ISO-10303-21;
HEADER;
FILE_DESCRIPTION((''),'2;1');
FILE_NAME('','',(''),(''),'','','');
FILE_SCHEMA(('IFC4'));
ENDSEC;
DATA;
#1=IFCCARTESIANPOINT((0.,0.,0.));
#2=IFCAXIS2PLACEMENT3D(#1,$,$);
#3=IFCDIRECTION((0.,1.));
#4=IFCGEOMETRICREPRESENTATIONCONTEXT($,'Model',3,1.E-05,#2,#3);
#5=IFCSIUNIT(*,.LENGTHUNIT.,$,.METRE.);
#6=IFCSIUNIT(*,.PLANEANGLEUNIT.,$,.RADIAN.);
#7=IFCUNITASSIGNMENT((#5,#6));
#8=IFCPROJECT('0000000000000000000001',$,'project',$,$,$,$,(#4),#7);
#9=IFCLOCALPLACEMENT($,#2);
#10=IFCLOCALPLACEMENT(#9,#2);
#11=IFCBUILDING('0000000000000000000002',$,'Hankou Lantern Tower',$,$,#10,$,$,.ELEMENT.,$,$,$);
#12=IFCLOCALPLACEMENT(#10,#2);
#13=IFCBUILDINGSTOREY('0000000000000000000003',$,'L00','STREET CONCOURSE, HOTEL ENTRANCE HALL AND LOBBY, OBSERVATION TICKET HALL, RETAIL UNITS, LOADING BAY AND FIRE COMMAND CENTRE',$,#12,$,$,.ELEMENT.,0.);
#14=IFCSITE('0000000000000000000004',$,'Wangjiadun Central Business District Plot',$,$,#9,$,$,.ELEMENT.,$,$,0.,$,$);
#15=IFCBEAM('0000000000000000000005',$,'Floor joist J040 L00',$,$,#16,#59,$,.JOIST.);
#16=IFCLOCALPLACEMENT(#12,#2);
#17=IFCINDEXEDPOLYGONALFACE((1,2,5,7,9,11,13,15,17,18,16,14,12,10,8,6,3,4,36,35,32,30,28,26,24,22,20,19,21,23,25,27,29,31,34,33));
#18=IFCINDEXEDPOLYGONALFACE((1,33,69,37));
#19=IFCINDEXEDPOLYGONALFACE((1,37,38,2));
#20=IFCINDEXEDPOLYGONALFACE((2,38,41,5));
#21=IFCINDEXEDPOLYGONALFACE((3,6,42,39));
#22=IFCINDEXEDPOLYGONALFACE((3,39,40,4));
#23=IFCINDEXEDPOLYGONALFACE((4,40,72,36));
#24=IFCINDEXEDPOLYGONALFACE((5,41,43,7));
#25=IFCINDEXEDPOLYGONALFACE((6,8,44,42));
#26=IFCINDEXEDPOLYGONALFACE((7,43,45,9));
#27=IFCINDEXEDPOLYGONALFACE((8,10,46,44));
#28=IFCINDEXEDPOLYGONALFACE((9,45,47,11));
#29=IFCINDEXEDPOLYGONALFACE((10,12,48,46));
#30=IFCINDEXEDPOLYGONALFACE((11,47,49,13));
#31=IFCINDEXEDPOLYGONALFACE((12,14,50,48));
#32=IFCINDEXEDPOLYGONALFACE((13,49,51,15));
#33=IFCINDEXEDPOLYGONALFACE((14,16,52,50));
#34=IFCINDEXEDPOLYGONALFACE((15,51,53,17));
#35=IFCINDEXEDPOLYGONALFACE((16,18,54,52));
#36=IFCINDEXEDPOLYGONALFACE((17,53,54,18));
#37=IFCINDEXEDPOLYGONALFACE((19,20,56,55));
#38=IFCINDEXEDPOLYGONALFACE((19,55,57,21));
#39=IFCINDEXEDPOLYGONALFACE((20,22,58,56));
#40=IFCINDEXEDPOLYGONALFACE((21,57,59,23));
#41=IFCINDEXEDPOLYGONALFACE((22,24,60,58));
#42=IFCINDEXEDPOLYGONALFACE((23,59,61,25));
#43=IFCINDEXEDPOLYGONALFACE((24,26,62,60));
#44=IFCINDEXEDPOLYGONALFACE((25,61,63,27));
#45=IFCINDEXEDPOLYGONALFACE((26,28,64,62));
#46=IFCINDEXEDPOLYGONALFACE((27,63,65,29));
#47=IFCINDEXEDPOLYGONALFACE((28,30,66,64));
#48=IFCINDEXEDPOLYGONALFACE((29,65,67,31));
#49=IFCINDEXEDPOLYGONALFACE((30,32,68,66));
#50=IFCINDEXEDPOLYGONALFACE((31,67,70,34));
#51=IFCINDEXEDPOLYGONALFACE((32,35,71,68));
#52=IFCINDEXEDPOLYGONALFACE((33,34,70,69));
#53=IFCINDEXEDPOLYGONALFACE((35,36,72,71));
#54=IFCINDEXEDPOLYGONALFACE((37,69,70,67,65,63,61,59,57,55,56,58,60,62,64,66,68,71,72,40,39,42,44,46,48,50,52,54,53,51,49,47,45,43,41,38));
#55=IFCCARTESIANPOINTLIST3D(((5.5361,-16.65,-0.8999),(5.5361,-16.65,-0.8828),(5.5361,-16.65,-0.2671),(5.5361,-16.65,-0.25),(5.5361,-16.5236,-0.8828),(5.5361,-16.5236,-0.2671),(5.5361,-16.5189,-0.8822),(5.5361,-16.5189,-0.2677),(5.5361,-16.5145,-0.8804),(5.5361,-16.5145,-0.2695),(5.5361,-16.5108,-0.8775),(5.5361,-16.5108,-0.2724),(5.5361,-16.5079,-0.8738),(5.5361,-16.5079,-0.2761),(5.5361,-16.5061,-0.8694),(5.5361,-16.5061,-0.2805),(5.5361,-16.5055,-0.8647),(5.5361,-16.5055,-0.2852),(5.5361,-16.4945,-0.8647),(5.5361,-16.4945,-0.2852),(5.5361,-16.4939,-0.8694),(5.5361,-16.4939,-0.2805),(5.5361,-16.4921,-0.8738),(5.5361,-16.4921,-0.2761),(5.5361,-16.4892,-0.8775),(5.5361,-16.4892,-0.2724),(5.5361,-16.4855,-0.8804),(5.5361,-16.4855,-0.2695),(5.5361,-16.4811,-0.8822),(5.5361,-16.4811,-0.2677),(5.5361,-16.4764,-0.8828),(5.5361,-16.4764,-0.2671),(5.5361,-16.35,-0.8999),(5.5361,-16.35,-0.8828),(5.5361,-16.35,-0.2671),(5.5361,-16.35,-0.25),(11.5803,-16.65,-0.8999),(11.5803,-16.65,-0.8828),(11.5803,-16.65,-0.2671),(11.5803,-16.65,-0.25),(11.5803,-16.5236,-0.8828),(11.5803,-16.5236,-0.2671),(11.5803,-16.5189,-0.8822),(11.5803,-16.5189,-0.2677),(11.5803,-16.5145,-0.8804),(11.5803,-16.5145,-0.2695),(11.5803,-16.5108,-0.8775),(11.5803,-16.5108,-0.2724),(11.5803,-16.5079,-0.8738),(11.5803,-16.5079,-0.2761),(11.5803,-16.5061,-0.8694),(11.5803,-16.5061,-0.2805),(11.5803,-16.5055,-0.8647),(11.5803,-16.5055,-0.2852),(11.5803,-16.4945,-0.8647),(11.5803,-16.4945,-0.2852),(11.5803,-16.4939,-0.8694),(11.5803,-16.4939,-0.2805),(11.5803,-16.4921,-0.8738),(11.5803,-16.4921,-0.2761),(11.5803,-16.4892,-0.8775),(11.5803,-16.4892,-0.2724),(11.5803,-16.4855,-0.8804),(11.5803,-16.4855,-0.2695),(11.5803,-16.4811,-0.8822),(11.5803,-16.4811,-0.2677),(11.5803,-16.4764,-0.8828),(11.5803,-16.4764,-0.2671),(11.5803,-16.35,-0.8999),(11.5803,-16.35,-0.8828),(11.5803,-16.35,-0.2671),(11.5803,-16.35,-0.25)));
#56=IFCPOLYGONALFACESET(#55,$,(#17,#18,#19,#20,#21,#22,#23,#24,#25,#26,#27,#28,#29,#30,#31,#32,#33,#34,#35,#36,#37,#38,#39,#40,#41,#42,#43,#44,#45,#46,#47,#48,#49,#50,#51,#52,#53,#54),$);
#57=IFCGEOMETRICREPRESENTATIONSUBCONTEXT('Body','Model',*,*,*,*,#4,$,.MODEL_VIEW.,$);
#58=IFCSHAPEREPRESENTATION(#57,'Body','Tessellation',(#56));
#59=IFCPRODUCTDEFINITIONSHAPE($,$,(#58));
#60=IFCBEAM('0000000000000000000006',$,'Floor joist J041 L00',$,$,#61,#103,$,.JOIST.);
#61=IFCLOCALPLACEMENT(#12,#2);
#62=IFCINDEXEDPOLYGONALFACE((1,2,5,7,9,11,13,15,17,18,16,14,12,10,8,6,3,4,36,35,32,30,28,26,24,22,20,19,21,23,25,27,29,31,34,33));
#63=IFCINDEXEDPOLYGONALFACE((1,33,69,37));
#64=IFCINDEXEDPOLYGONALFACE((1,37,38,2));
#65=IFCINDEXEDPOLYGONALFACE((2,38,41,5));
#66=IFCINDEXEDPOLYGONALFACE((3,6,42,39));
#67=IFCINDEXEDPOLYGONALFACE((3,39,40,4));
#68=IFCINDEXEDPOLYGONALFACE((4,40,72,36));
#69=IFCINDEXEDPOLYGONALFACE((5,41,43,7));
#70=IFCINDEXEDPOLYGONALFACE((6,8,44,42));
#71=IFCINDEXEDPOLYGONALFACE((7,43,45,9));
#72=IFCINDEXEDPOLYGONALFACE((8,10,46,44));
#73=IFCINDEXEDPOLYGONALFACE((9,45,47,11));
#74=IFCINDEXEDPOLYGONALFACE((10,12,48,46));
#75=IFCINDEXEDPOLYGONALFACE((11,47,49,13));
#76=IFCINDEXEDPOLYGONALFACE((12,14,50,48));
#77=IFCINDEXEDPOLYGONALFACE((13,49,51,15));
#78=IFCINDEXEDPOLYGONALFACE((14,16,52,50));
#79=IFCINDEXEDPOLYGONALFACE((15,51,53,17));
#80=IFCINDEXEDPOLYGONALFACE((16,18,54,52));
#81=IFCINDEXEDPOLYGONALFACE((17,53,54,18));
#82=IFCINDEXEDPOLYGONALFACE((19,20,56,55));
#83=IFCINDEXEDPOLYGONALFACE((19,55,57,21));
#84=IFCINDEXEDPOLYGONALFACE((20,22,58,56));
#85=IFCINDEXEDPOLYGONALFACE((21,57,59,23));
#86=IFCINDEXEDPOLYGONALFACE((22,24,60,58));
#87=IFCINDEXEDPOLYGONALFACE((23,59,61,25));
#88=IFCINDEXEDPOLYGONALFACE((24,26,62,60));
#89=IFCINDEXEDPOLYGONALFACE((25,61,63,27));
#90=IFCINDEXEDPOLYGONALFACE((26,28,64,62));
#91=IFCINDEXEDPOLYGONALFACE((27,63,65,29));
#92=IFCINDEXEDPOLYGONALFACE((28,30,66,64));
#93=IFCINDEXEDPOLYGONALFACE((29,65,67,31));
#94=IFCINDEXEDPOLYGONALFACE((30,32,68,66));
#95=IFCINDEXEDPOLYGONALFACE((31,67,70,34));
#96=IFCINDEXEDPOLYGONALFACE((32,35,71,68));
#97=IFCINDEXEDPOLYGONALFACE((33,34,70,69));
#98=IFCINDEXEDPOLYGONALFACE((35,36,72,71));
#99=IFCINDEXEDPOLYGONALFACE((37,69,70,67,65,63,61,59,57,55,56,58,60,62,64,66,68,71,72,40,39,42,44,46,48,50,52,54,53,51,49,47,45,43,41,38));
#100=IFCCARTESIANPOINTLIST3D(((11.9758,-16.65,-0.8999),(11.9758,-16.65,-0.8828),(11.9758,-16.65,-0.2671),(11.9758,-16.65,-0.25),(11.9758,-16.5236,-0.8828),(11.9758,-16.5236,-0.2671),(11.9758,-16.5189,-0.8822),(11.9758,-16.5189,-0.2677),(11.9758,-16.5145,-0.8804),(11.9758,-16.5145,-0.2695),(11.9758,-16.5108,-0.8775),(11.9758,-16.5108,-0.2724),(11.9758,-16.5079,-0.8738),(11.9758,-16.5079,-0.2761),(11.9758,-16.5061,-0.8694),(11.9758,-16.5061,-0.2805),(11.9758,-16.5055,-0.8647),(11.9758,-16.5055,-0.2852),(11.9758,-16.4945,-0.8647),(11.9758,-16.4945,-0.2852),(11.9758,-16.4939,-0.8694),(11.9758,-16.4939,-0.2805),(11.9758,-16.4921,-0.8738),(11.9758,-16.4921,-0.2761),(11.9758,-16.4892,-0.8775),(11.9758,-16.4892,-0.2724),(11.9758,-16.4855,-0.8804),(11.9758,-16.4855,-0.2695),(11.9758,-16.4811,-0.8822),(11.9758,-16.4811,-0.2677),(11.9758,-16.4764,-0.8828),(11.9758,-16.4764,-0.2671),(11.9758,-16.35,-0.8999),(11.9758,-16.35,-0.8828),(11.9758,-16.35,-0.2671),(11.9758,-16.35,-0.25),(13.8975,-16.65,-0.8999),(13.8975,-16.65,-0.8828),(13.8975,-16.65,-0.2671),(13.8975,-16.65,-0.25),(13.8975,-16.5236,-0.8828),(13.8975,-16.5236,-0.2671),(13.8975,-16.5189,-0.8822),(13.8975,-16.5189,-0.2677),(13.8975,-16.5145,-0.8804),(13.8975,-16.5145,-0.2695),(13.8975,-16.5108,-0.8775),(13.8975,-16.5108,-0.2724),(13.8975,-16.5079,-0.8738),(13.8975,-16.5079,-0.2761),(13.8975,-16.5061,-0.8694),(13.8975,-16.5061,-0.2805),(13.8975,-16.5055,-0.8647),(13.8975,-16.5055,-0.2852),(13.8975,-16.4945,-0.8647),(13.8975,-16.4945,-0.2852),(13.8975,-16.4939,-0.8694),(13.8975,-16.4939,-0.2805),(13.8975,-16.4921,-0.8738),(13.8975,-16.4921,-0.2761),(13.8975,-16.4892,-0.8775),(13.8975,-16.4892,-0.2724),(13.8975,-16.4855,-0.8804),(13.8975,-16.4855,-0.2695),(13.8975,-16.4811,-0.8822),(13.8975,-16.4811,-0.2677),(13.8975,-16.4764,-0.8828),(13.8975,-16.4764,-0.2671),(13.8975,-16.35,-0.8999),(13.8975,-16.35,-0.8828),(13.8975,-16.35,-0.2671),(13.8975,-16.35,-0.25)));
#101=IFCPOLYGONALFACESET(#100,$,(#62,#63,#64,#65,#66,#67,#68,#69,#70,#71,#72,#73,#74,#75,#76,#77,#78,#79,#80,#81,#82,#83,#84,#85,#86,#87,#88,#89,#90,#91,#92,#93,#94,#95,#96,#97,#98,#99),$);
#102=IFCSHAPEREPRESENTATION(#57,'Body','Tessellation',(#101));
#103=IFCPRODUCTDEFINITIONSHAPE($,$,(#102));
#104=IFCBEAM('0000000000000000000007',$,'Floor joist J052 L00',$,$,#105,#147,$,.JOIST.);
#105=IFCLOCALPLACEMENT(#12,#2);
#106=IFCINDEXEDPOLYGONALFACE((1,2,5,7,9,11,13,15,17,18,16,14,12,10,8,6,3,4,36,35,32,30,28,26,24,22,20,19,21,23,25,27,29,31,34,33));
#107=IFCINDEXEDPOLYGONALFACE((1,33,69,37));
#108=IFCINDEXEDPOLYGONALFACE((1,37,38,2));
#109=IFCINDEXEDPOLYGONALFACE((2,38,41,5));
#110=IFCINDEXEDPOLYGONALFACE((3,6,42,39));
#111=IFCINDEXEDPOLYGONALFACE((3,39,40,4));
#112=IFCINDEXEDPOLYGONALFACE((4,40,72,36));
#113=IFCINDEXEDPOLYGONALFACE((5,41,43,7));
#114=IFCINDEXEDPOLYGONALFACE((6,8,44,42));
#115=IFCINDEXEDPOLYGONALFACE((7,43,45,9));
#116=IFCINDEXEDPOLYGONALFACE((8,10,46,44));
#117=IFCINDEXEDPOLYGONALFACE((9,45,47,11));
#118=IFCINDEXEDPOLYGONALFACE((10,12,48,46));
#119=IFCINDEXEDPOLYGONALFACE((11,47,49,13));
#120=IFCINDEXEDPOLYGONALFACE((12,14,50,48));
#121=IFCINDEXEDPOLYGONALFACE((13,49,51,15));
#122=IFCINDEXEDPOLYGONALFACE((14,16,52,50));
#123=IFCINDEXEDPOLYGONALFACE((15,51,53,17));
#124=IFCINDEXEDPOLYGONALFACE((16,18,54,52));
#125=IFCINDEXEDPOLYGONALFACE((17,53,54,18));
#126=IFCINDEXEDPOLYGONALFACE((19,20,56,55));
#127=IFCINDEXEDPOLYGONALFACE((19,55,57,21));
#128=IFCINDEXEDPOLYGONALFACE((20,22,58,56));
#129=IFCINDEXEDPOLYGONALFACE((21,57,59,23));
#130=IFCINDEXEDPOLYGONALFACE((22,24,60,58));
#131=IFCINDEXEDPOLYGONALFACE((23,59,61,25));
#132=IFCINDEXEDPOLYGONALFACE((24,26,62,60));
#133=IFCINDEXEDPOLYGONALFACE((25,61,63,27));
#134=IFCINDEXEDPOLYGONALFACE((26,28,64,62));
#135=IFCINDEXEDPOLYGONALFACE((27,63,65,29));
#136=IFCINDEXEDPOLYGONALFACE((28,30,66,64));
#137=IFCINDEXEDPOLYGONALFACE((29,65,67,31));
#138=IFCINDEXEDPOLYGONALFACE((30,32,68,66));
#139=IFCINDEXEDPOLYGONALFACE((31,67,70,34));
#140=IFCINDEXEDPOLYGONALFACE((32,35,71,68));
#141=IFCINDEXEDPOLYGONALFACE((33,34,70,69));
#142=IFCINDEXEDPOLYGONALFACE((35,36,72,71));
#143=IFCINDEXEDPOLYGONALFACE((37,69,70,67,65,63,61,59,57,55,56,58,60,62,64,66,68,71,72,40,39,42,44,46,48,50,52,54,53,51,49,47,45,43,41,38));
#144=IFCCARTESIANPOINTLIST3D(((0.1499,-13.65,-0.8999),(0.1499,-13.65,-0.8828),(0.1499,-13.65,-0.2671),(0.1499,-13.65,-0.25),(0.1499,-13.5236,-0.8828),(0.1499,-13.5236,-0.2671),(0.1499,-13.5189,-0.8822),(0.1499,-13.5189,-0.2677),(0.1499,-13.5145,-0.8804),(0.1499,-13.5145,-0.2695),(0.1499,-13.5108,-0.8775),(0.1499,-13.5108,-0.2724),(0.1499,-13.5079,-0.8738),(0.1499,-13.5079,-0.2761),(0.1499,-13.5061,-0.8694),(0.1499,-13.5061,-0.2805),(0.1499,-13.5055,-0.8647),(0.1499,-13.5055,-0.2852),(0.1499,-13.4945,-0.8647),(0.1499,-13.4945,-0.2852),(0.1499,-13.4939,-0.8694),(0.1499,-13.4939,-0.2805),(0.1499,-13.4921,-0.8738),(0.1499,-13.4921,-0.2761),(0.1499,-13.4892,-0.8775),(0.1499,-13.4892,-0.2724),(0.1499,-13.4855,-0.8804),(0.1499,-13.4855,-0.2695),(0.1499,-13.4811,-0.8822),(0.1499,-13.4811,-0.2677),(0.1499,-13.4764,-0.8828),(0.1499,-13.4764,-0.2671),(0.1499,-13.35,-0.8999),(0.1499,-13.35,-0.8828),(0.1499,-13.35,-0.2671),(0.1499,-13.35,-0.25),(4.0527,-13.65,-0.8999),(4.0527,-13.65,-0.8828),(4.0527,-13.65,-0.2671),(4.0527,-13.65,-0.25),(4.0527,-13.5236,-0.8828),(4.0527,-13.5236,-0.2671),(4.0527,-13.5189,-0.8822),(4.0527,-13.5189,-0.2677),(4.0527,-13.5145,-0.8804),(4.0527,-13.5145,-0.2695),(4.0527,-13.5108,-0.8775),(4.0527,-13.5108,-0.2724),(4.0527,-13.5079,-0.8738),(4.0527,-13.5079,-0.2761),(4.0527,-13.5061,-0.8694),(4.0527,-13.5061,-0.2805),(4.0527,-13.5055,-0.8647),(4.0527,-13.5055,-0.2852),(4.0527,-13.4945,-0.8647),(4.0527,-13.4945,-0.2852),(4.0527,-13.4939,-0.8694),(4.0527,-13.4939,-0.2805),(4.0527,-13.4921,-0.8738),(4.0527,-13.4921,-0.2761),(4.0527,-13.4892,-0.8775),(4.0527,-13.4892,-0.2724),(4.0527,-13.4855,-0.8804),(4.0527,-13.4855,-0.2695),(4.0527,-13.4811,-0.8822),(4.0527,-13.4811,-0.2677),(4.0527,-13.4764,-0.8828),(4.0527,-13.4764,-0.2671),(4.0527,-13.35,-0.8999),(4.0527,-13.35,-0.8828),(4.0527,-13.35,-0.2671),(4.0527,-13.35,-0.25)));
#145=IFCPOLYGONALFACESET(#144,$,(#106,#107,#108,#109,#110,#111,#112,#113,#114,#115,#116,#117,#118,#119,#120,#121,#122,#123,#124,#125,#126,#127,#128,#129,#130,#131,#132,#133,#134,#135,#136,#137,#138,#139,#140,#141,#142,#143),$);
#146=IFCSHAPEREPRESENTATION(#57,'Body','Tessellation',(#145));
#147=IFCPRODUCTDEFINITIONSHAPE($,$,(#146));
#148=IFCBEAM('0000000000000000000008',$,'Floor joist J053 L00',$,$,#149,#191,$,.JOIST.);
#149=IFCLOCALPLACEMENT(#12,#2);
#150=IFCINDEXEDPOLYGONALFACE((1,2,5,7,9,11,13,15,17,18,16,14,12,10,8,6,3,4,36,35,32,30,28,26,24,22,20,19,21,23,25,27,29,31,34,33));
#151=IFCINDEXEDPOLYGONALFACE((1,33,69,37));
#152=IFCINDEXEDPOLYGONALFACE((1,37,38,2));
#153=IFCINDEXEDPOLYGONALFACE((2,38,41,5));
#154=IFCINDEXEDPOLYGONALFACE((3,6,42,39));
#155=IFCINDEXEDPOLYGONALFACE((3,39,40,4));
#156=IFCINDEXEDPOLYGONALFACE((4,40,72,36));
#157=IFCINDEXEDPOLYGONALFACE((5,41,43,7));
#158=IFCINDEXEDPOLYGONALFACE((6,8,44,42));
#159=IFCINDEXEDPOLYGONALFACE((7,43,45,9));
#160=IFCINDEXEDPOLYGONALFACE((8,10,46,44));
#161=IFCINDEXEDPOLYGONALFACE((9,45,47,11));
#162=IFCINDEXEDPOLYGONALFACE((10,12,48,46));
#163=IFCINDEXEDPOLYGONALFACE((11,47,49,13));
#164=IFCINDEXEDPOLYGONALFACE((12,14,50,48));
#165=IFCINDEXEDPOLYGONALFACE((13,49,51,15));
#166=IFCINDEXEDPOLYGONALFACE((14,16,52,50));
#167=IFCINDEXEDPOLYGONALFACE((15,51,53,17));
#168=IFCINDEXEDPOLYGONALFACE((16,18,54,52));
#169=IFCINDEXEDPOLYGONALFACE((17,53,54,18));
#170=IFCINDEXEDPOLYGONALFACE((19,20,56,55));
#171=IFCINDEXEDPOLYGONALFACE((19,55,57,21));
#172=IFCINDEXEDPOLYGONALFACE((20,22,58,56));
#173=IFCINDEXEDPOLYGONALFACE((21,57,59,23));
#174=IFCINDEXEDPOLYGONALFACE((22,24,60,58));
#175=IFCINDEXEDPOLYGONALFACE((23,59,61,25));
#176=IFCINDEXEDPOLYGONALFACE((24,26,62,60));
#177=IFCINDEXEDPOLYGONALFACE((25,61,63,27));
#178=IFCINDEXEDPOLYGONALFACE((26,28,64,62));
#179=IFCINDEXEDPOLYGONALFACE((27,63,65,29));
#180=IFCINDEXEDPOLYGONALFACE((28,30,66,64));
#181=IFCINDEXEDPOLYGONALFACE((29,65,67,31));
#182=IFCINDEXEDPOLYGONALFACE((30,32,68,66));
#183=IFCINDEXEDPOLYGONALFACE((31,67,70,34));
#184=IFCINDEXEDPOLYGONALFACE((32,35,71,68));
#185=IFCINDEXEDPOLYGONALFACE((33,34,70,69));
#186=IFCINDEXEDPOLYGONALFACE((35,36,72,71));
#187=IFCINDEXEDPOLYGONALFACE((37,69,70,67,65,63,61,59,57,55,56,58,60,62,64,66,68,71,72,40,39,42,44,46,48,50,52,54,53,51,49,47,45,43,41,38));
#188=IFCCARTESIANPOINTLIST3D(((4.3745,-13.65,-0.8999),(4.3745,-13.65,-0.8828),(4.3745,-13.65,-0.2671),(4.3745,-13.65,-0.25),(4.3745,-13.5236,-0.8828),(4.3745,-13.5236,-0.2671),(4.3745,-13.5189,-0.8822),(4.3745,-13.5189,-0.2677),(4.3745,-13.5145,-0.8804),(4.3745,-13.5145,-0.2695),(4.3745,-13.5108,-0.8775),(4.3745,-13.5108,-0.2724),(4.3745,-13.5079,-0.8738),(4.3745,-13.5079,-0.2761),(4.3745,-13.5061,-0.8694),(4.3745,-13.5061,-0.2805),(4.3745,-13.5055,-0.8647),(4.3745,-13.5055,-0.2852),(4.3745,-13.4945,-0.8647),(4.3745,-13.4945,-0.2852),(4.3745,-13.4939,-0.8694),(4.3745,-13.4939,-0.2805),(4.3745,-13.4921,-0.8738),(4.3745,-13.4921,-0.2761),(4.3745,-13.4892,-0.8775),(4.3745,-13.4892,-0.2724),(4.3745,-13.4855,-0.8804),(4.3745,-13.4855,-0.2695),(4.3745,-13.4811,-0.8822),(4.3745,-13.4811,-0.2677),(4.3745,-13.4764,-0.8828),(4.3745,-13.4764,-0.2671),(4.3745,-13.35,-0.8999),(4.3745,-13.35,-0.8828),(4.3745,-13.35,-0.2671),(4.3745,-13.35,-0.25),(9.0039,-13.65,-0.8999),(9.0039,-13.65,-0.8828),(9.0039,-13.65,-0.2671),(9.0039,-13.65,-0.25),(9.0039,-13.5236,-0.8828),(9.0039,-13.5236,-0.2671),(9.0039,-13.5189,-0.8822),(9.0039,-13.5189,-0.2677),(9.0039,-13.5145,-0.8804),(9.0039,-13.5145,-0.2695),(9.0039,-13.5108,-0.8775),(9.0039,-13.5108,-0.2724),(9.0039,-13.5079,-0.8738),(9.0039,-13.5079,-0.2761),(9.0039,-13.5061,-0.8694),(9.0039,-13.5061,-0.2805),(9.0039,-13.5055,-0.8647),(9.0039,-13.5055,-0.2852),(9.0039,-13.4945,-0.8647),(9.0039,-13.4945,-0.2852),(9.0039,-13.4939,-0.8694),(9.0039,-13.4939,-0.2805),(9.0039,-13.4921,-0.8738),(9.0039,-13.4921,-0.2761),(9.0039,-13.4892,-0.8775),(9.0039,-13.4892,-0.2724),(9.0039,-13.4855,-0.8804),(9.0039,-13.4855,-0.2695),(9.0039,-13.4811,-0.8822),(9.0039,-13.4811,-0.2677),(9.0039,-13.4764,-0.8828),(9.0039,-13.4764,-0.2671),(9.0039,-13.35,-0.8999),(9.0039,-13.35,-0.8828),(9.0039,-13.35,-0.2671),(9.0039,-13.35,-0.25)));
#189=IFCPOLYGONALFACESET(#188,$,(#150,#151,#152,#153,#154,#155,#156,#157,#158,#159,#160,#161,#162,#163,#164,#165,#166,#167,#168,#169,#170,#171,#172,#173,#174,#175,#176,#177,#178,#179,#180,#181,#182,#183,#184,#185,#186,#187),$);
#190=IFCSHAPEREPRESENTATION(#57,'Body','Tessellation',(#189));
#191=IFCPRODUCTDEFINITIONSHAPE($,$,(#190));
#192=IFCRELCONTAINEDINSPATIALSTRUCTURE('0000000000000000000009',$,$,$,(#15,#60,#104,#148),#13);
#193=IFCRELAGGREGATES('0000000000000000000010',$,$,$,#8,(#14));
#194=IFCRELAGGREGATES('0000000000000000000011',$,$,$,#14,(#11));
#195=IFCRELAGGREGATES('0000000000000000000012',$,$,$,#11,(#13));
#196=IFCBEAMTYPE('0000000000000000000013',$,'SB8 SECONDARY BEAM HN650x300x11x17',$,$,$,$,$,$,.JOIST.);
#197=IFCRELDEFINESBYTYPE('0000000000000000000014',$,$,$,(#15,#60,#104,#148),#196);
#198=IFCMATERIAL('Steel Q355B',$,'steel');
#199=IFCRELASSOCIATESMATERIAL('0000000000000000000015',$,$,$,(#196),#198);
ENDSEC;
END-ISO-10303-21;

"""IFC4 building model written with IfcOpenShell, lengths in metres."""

from ifc_helpers import new_model, si_unit, direction, frame, origin, origin_2d, place, context, subcontext, project, spatial, i_section, extrude, material, material_profile, profile_set, type_object, element, save


model = new_model("IFC4")

# Units and contexts
model_context = context("Model", 3, precision=1e-05, world=origin(), true_north=direction((0.0, 1.0)))
body_context = subcontext(model_context, "Body", "Model", "MODEL_VIEW")
ifc_project = project(units=[si_unit("LENGTHUNIT", "METRE"), si_unit("PLANEANGLEUNIT", "RADIAN")], contexts=[model_context])

# Site, building, storey
site_placement = place(None, origin())
site = spatial("IfcSite", under=ifc_project, at=site_placement, Name="Wangjiadun Central Business District Plot", CompositionType="ELEMENT", RefElevation=0.0)
building_placement = place(site_placement, origin())
building = spatial("IfcBuilding", under=site, at=building_placement, Name="Hankou Lantern Tower", CompositionType="ELEMENT")
storey_placement = place(building_placement, origin())
storey = spatial("IfcBuildingStorey", under=building, at=storey_placement, Name="L00", Description="STREET CONCOURSE, HOTEL ENTRANCE HALL AND LOBBY, OBSERVATION TICKET HALL, RETAIL UNITS, LOADING BAY AND FIRE COMMAND CENTRE", CompositionType="ELEMENT", Elevation=0.0)

# Beams
ifc_material_1 = material(Name="Steel Q355B", Category="steel")
ifc_material_profile_1 = material_profile(ifc_material_1, i_section(OverallWidth=0.3, OverallDepth=0.6499, WebThickness=0.011, FlangeThickness=0.0171, FilletRadius=0.0181, at=origin_2d()), Name="HN650x300x11x17")
ifc_profile_set_1 = profile_set([ifc_material_profile_1], Name="Steel Q355B")
beam_type_1 = type_object("IfcBeamType", Name="SB8 SECONDARY BEAM HN650x300x11x17", PredefinedType="JOIST", material=ifc_profile_set_1)
beam_1_placement = place(storey_placement, frame((5.5361, -16.5, -0.575), z_axis=(1.0, 0.0, 0.0), x_axis=(0.0, 1.0, 0.0)))
element("IfcBeam", 1, at=beam_1_placement, inside=storey, type_object=beam_type_1, Name="Floor joist J040 L00", PredefinedType="JOIST", context=body_context, shape_type="SweptSolid", body=[
    extrude(i_section(OverallWidth=0.3, OverallDepth=0.6499, WebThickness=0.011, FlangeThickness=0.0171, FilletRadius=0.0181, at=origin_2d()), origin(), (0.0, 0.0, 1.0), 6.0442),
])
beam_2_placement = place(storey_placement, frame((11.9758, -16.5, -0.575), z_axis=(1.0, 0.0, 0.0), x_axis=(0.0, 1.0, 0.0)))
element("IfcBeam", 2, at=beam_2_placement, inside=storey, type_object=beam_type_1, Name="Floor joist J041 L00", PredefinedType="JOIST", context=body_context, shape_type="SweptSolid", body=[
    extrude(i_section(OverallWidth=0.3, OverallDepth=0.6499, WebThickness=0.011, FlangeThickness=0.0171, FilletRadius=0.0181, at=origin_2d()), origin(), (0.0, 0.0, 1.0), 1.9216),
])
beam_3_placement = place(storey_placement, frame((0.1499, -13.5, -0.575), z_axis=(1.0, 0.0, 0.0), x_axis=(0.0, 1.0, 0.0)))
element("IfcBeam", 3, at=beam_3_placement, inside=storey, type_object=beam_type_1, Name="Floor joist J052 L00", PredefinedType="JOIST", context=body_context, shape_type="SweptSolid", body=[
    extrude(i_section(OverallWidth=0.3, OverallDepth=0.6499, WebThickness=0.011, FlangeThickness=0.0171, FilletRadius=0.0181, at=origin_2d()), origin(), (0.0, 0.0, 1.0), 3.9028),
])
beam_4_placement = place(storey_placement, frame((4.3745, -13.5, -0.575), z_axis=(1.0, 0.0, 0.0), x_axis=(0.0, 1.0, 0.0)))
element("IfcBeam", 4, at=beam_4_placement, inside=storey, type_object=beam_type_1, Name="Floor joist J053 L00", PredefinedType="JOIST", context=body_context, shape_type="SweptSolid", body=[
    extrude(i_section(OverallWidth=0.3, OverallDepth=0.6499, WebThickness=0.011, FlangeThickness=0.0171, FilletRadius=0.0181, at=origin_2d()), origin(), (0.0, 0.0, 1.0), 4.6294),
])

save(model, "model.ifc")
